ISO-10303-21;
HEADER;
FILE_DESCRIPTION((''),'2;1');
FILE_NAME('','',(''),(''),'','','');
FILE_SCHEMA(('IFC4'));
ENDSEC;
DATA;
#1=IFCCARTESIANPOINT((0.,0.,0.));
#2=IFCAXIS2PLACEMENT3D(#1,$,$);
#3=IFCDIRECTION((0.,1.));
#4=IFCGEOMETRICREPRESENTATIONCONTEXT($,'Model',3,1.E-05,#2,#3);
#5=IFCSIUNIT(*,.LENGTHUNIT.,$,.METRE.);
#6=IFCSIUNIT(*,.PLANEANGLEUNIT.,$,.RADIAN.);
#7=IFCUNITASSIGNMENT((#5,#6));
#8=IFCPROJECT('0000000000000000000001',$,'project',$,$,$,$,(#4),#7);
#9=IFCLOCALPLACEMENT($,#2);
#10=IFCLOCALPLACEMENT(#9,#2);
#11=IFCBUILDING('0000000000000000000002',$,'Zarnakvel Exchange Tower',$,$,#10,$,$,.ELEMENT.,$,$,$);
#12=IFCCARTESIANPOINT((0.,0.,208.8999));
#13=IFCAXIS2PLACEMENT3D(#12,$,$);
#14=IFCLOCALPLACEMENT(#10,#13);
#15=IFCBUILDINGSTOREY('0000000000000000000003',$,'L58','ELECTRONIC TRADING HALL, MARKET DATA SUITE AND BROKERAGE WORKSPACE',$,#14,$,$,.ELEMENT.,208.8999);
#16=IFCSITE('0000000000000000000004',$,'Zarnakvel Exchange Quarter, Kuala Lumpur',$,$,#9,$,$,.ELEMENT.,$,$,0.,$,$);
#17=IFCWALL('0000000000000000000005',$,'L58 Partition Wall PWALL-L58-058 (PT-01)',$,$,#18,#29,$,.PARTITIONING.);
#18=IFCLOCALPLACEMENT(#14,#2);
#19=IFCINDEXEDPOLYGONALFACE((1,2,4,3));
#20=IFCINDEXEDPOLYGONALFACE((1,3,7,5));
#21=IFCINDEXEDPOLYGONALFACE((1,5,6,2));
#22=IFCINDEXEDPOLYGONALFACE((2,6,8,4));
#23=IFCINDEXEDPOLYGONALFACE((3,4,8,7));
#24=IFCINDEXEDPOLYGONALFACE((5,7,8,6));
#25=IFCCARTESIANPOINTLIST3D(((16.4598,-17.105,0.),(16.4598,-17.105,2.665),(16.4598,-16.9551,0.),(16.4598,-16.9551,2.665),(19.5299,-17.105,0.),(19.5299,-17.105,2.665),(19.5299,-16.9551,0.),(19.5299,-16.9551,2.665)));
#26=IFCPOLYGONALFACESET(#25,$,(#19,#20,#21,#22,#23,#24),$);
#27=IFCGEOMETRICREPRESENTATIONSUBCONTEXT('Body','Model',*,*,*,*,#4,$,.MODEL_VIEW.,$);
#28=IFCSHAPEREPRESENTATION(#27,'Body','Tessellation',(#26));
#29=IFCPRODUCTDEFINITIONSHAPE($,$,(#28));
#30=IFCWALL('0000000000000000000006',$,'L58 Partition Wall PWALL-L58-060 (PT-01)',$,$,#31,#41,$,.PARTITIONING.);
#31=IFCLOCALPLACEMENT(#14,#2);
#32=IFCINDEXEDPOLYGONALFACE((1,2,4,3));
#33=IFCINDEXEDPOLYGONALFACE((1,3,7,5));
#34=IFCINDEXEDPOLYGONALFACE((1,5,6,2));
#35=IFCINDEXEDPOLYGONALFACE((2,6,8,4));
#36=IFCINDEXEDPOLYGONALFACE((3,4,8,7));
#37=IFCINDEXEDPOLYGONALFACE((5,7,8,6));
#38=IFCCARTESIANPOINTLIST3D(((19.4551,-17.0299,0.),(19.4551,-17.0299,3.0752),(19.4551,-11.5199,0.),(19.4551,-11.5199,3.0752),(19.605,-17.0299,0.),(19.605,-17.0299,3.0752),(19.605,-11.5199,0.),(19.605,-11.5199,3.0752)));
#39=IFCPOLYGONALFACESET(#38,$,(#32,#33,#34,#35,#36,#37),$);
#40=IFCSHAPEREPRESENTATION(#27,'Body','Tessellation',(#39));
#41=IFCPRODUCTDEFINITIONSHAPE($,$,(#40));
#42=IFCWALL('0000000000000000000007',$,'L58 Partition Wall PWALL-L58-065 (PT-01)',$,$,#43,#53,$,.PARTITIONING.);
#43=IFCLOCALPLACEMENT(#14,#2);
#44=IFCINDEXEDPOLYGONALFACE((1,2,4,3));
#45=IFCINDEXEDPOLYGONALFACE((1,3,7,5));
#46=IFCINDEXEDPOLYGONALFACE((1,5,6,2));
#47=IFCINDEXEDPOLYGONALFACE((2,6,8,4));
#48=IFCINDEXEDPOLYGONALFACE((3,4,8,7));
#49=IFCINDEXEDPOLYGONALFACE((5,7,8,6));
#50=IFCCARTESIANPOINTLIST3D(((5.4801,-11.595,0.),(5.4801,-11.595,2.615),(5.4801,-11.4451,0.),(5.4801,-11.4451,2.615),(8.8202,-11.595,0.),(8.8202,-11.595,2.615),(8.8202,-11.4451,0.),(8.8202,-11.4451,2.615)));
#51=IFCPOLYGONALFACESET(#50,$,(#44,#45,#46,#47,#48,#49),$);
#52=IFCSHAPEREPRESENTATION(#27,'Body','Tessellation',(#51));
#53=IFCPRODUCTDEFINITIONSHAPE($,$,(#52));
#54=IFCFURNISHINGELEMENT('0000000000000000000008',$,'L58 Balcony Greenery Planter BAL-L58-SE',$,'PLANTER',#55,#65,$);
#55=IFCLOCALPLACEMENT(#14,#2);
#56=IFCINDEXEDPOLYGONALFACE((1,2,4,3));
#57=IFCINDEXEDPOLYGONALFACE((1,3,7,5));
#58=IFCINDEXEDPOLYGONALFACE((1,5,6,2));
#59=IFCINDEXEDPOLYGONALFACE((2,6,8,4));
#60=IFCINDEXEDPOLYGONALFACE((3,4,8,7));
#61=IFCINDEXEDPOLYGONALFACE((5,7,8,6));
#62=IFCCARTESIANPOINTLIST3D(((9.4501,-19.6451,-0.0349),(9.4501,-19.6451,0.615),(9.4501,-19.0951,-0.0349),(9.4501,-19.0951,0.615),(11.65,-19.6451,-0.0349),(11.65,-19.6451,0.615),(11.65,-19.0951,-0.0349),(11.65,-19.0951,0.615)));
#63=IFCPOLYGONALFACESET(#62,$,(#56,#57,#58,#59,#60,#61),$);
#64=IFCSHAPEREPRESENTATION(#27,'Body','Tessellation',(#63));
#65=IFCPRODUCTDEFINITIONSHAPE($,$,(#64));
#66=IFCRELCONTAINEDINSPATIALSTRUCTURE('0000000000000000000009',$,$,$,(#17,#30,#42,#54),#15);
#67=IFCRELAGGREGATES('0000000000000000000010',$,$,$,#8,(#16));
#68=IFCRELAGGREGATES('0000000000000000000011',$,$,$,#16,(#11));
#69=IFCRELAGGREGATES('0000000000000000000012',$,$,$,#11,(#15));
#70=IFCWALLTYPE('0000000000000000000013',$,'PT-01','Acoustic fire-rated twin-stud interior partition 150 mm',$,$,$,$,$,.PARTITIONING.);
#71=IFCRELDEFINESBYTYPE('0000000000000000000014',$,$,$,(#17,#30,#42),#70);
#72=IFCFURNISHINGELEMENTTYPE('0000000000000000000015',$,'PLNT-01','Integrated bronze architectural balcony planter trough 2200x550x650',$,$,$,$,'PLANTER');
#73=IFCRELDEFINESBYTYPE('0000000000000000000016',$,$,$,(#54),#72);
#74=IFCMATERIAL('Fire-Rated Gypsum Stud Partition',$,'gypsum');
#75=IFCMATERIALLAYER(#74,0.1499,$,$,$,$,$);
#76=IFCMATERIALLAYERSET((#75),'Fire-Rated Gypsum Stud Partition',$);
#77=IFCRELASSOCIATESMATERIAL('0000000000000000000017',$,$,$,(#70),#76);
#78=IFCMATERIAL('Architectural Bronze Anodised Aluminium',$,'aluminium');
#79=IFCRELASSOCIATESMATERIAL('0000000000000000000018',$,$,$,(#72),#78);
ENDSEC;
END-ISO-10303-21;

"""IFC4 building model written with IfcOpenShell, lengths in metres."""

from ifc_helpers import new_model, si_unit, direction, frame, frame_2d, origin, origin_2d, place, context, subcontext, project, spatial, rectangle, extrude, source, transform, mapped, material, layer, layer_set, type_object, element, save


model = new_model("IFC4")

# Units and contexts
model_context = context("Model", 3, precision=1e-05, world=origin(), true_north=direction((0.0, 1.0)))
body_context = subcontext(model_context, "Body", "Model", "MODEL_VIEW")
ifc_project = project(units=[si_unit("LENGTHUNIT", "METRE"), si_unit("PLANEANGLEUNIT", "RADIAN")], contexts=[model_context])

# Site, building, storey
site_placement = place(None, origin())
site = spatial("IfcSite", under=ifc_project, at=site_placement, Name="Zarnakvel Exchange Quarter, Kuala Lumpur", CompositionType="ELEMENT", RefElevation=0.0)
building_placement = place(site_placement, origin())
building = spatial("IfcBuilding", under=site, at=building_placement, Name="Zarnakvel Exchange Tower", CompositionType="ELEMENT")
storey_placement = place(building_placement, frame((0.0, 0.0, 208.8999)))
storey = spatial("IfcBuildingStorey", under=building, at=storey_placement, Name="L58", Description="ELECTRONIC TRADING HALL, MARKET DATA SUITE AND BROKERAGE WORKSPACE", CompositionType="ELEMENT", Elevation=208.8999)

# Shared definitions
ifc_material_1 = material(Name="Architectural Bronze Anodised Aluminium", Category="aluminium")

# Shared definitions
ifc_material_2 = material(Name="Fire-Rated Gypsum Stud Partition", Category="gypsum")
ifc_layer_1 = layer(ifc_material_2, 0.1499)
ifc_layer_set_1 = layer_set([ifc_layer_1], Name="Fire-Rated Gypsum Stud Partition")
wall_type_1 = type_object("IfcWallType", Name="PT-01", Description="Acoustic fire-rated twin-stud interior partition 150 mm", PredefinedType="PARTITIONING", material=ifc_layer_set_1)

# Walls
wall_1_placement = place(storey_placement, frame((19.53, -17.03, 0.0), z_axis=(0.0, 0.0, 1.0), x_axis=(-1.0, 0.0, 0.0)))
element("IfcWall", 1, at=wall_1_placement, inside=storey, type_object=wall_type_1, Name="L58 Partition Wall PWALL-L58-058 (PT-01)", PredefinedType="PARTITIONING", context=body_context, shape_type="SweptSolid", body=[
    extrude(rectangle(XDim=3.0701, YDim=0.1499, at=frame_2d((1.5352, 0.0))), origin(), (0.0, 0.0, 1.0), 2.665),
])
wall_2_placement = place(storey_placement, frame((19.53, -11.52, 0.0), z_axis=(0.0, 0.0, 1.0), x_axis=(0.0, -1.0, 0.0)))
element("IfcWall", 2, at=wall_2_placement, inside=storey, type_object=wall_type_1, Name="L58 Partition Wall PWALL-L58-060 (PT-01)", PredefinedType="PARTITIONING", context=body_context, shape_type="SweptSolid", body=[
    extrude(rectangle(XDim=5.51, YDim=0.1499, at=frame_2d((2.7549, 0.0))), origin(), (0.0, 0.0, 1.0), 3.0752),
])
wall_3_placement = place(storey_placement, frame((8.8201, -11.52, 0.0), z_axis=(0.0, 0.0, 1.0), x_axis=(-1.0, 0.0, 0.0)))
element("IfcWall", 3, at=wall_3_placement, inside=storey, type_object=wall_type_1, Name="L58 Partition Wall PWALL-L58-065 (PT-01)", PredefinedType="PARTITIONING", context=body_context, shape_type="SweptSolid", body=[
    extrude(rectangle(XDim=3.3401, YDim=0.1499, at=frame_2d((1.6699, 0.0))), origin(), (0.0, 0.0, 1.0), 2.615),
])

# Furnishing element
furnishing_element_type = type_object("IfcFurnishingElementType", Name="PLNT-01", Description="Integrated bronze architectural balcony planter trough 2200x550x650", ElementType="PLANTER", material=ifc_material_1)
shared_shape_1 = source(origin(), body_context, "Body", "SweptSolid", [
    extrude(rectangle(XDim=2.2, YDim=0.55, at=origin_2d()), origin(), (0.0, 0.0, 1.0), 0.6499),
])
furnishing_placement = place(storey_placement, frame((10.55, -19.3701, -0.0349), z_axis=(0.0, 0.0, 1.0), x_axis=(1.0, 0.0, 0.0)))
element("IfcFurnishingElement", 4, at=furnishing_placement, inside=storey, type_object=furnishing_element_type, Name="L58 Balcony Greenery Planter BAL-L58-SE", ObjectType="PLANTER", context=body_context, shape_type="MappedRepresentation", body=[
    mapped(shared_shape_1, transform((0.0, 0.0, 0.0), x_axis=(1.0, 0.0, 0.0), y_axis=(0.0, 1.0, 0.0), z_axis=(0.0, 0.0, 1.0), scale=1.0)),
])

save(model, "model.ifc")
